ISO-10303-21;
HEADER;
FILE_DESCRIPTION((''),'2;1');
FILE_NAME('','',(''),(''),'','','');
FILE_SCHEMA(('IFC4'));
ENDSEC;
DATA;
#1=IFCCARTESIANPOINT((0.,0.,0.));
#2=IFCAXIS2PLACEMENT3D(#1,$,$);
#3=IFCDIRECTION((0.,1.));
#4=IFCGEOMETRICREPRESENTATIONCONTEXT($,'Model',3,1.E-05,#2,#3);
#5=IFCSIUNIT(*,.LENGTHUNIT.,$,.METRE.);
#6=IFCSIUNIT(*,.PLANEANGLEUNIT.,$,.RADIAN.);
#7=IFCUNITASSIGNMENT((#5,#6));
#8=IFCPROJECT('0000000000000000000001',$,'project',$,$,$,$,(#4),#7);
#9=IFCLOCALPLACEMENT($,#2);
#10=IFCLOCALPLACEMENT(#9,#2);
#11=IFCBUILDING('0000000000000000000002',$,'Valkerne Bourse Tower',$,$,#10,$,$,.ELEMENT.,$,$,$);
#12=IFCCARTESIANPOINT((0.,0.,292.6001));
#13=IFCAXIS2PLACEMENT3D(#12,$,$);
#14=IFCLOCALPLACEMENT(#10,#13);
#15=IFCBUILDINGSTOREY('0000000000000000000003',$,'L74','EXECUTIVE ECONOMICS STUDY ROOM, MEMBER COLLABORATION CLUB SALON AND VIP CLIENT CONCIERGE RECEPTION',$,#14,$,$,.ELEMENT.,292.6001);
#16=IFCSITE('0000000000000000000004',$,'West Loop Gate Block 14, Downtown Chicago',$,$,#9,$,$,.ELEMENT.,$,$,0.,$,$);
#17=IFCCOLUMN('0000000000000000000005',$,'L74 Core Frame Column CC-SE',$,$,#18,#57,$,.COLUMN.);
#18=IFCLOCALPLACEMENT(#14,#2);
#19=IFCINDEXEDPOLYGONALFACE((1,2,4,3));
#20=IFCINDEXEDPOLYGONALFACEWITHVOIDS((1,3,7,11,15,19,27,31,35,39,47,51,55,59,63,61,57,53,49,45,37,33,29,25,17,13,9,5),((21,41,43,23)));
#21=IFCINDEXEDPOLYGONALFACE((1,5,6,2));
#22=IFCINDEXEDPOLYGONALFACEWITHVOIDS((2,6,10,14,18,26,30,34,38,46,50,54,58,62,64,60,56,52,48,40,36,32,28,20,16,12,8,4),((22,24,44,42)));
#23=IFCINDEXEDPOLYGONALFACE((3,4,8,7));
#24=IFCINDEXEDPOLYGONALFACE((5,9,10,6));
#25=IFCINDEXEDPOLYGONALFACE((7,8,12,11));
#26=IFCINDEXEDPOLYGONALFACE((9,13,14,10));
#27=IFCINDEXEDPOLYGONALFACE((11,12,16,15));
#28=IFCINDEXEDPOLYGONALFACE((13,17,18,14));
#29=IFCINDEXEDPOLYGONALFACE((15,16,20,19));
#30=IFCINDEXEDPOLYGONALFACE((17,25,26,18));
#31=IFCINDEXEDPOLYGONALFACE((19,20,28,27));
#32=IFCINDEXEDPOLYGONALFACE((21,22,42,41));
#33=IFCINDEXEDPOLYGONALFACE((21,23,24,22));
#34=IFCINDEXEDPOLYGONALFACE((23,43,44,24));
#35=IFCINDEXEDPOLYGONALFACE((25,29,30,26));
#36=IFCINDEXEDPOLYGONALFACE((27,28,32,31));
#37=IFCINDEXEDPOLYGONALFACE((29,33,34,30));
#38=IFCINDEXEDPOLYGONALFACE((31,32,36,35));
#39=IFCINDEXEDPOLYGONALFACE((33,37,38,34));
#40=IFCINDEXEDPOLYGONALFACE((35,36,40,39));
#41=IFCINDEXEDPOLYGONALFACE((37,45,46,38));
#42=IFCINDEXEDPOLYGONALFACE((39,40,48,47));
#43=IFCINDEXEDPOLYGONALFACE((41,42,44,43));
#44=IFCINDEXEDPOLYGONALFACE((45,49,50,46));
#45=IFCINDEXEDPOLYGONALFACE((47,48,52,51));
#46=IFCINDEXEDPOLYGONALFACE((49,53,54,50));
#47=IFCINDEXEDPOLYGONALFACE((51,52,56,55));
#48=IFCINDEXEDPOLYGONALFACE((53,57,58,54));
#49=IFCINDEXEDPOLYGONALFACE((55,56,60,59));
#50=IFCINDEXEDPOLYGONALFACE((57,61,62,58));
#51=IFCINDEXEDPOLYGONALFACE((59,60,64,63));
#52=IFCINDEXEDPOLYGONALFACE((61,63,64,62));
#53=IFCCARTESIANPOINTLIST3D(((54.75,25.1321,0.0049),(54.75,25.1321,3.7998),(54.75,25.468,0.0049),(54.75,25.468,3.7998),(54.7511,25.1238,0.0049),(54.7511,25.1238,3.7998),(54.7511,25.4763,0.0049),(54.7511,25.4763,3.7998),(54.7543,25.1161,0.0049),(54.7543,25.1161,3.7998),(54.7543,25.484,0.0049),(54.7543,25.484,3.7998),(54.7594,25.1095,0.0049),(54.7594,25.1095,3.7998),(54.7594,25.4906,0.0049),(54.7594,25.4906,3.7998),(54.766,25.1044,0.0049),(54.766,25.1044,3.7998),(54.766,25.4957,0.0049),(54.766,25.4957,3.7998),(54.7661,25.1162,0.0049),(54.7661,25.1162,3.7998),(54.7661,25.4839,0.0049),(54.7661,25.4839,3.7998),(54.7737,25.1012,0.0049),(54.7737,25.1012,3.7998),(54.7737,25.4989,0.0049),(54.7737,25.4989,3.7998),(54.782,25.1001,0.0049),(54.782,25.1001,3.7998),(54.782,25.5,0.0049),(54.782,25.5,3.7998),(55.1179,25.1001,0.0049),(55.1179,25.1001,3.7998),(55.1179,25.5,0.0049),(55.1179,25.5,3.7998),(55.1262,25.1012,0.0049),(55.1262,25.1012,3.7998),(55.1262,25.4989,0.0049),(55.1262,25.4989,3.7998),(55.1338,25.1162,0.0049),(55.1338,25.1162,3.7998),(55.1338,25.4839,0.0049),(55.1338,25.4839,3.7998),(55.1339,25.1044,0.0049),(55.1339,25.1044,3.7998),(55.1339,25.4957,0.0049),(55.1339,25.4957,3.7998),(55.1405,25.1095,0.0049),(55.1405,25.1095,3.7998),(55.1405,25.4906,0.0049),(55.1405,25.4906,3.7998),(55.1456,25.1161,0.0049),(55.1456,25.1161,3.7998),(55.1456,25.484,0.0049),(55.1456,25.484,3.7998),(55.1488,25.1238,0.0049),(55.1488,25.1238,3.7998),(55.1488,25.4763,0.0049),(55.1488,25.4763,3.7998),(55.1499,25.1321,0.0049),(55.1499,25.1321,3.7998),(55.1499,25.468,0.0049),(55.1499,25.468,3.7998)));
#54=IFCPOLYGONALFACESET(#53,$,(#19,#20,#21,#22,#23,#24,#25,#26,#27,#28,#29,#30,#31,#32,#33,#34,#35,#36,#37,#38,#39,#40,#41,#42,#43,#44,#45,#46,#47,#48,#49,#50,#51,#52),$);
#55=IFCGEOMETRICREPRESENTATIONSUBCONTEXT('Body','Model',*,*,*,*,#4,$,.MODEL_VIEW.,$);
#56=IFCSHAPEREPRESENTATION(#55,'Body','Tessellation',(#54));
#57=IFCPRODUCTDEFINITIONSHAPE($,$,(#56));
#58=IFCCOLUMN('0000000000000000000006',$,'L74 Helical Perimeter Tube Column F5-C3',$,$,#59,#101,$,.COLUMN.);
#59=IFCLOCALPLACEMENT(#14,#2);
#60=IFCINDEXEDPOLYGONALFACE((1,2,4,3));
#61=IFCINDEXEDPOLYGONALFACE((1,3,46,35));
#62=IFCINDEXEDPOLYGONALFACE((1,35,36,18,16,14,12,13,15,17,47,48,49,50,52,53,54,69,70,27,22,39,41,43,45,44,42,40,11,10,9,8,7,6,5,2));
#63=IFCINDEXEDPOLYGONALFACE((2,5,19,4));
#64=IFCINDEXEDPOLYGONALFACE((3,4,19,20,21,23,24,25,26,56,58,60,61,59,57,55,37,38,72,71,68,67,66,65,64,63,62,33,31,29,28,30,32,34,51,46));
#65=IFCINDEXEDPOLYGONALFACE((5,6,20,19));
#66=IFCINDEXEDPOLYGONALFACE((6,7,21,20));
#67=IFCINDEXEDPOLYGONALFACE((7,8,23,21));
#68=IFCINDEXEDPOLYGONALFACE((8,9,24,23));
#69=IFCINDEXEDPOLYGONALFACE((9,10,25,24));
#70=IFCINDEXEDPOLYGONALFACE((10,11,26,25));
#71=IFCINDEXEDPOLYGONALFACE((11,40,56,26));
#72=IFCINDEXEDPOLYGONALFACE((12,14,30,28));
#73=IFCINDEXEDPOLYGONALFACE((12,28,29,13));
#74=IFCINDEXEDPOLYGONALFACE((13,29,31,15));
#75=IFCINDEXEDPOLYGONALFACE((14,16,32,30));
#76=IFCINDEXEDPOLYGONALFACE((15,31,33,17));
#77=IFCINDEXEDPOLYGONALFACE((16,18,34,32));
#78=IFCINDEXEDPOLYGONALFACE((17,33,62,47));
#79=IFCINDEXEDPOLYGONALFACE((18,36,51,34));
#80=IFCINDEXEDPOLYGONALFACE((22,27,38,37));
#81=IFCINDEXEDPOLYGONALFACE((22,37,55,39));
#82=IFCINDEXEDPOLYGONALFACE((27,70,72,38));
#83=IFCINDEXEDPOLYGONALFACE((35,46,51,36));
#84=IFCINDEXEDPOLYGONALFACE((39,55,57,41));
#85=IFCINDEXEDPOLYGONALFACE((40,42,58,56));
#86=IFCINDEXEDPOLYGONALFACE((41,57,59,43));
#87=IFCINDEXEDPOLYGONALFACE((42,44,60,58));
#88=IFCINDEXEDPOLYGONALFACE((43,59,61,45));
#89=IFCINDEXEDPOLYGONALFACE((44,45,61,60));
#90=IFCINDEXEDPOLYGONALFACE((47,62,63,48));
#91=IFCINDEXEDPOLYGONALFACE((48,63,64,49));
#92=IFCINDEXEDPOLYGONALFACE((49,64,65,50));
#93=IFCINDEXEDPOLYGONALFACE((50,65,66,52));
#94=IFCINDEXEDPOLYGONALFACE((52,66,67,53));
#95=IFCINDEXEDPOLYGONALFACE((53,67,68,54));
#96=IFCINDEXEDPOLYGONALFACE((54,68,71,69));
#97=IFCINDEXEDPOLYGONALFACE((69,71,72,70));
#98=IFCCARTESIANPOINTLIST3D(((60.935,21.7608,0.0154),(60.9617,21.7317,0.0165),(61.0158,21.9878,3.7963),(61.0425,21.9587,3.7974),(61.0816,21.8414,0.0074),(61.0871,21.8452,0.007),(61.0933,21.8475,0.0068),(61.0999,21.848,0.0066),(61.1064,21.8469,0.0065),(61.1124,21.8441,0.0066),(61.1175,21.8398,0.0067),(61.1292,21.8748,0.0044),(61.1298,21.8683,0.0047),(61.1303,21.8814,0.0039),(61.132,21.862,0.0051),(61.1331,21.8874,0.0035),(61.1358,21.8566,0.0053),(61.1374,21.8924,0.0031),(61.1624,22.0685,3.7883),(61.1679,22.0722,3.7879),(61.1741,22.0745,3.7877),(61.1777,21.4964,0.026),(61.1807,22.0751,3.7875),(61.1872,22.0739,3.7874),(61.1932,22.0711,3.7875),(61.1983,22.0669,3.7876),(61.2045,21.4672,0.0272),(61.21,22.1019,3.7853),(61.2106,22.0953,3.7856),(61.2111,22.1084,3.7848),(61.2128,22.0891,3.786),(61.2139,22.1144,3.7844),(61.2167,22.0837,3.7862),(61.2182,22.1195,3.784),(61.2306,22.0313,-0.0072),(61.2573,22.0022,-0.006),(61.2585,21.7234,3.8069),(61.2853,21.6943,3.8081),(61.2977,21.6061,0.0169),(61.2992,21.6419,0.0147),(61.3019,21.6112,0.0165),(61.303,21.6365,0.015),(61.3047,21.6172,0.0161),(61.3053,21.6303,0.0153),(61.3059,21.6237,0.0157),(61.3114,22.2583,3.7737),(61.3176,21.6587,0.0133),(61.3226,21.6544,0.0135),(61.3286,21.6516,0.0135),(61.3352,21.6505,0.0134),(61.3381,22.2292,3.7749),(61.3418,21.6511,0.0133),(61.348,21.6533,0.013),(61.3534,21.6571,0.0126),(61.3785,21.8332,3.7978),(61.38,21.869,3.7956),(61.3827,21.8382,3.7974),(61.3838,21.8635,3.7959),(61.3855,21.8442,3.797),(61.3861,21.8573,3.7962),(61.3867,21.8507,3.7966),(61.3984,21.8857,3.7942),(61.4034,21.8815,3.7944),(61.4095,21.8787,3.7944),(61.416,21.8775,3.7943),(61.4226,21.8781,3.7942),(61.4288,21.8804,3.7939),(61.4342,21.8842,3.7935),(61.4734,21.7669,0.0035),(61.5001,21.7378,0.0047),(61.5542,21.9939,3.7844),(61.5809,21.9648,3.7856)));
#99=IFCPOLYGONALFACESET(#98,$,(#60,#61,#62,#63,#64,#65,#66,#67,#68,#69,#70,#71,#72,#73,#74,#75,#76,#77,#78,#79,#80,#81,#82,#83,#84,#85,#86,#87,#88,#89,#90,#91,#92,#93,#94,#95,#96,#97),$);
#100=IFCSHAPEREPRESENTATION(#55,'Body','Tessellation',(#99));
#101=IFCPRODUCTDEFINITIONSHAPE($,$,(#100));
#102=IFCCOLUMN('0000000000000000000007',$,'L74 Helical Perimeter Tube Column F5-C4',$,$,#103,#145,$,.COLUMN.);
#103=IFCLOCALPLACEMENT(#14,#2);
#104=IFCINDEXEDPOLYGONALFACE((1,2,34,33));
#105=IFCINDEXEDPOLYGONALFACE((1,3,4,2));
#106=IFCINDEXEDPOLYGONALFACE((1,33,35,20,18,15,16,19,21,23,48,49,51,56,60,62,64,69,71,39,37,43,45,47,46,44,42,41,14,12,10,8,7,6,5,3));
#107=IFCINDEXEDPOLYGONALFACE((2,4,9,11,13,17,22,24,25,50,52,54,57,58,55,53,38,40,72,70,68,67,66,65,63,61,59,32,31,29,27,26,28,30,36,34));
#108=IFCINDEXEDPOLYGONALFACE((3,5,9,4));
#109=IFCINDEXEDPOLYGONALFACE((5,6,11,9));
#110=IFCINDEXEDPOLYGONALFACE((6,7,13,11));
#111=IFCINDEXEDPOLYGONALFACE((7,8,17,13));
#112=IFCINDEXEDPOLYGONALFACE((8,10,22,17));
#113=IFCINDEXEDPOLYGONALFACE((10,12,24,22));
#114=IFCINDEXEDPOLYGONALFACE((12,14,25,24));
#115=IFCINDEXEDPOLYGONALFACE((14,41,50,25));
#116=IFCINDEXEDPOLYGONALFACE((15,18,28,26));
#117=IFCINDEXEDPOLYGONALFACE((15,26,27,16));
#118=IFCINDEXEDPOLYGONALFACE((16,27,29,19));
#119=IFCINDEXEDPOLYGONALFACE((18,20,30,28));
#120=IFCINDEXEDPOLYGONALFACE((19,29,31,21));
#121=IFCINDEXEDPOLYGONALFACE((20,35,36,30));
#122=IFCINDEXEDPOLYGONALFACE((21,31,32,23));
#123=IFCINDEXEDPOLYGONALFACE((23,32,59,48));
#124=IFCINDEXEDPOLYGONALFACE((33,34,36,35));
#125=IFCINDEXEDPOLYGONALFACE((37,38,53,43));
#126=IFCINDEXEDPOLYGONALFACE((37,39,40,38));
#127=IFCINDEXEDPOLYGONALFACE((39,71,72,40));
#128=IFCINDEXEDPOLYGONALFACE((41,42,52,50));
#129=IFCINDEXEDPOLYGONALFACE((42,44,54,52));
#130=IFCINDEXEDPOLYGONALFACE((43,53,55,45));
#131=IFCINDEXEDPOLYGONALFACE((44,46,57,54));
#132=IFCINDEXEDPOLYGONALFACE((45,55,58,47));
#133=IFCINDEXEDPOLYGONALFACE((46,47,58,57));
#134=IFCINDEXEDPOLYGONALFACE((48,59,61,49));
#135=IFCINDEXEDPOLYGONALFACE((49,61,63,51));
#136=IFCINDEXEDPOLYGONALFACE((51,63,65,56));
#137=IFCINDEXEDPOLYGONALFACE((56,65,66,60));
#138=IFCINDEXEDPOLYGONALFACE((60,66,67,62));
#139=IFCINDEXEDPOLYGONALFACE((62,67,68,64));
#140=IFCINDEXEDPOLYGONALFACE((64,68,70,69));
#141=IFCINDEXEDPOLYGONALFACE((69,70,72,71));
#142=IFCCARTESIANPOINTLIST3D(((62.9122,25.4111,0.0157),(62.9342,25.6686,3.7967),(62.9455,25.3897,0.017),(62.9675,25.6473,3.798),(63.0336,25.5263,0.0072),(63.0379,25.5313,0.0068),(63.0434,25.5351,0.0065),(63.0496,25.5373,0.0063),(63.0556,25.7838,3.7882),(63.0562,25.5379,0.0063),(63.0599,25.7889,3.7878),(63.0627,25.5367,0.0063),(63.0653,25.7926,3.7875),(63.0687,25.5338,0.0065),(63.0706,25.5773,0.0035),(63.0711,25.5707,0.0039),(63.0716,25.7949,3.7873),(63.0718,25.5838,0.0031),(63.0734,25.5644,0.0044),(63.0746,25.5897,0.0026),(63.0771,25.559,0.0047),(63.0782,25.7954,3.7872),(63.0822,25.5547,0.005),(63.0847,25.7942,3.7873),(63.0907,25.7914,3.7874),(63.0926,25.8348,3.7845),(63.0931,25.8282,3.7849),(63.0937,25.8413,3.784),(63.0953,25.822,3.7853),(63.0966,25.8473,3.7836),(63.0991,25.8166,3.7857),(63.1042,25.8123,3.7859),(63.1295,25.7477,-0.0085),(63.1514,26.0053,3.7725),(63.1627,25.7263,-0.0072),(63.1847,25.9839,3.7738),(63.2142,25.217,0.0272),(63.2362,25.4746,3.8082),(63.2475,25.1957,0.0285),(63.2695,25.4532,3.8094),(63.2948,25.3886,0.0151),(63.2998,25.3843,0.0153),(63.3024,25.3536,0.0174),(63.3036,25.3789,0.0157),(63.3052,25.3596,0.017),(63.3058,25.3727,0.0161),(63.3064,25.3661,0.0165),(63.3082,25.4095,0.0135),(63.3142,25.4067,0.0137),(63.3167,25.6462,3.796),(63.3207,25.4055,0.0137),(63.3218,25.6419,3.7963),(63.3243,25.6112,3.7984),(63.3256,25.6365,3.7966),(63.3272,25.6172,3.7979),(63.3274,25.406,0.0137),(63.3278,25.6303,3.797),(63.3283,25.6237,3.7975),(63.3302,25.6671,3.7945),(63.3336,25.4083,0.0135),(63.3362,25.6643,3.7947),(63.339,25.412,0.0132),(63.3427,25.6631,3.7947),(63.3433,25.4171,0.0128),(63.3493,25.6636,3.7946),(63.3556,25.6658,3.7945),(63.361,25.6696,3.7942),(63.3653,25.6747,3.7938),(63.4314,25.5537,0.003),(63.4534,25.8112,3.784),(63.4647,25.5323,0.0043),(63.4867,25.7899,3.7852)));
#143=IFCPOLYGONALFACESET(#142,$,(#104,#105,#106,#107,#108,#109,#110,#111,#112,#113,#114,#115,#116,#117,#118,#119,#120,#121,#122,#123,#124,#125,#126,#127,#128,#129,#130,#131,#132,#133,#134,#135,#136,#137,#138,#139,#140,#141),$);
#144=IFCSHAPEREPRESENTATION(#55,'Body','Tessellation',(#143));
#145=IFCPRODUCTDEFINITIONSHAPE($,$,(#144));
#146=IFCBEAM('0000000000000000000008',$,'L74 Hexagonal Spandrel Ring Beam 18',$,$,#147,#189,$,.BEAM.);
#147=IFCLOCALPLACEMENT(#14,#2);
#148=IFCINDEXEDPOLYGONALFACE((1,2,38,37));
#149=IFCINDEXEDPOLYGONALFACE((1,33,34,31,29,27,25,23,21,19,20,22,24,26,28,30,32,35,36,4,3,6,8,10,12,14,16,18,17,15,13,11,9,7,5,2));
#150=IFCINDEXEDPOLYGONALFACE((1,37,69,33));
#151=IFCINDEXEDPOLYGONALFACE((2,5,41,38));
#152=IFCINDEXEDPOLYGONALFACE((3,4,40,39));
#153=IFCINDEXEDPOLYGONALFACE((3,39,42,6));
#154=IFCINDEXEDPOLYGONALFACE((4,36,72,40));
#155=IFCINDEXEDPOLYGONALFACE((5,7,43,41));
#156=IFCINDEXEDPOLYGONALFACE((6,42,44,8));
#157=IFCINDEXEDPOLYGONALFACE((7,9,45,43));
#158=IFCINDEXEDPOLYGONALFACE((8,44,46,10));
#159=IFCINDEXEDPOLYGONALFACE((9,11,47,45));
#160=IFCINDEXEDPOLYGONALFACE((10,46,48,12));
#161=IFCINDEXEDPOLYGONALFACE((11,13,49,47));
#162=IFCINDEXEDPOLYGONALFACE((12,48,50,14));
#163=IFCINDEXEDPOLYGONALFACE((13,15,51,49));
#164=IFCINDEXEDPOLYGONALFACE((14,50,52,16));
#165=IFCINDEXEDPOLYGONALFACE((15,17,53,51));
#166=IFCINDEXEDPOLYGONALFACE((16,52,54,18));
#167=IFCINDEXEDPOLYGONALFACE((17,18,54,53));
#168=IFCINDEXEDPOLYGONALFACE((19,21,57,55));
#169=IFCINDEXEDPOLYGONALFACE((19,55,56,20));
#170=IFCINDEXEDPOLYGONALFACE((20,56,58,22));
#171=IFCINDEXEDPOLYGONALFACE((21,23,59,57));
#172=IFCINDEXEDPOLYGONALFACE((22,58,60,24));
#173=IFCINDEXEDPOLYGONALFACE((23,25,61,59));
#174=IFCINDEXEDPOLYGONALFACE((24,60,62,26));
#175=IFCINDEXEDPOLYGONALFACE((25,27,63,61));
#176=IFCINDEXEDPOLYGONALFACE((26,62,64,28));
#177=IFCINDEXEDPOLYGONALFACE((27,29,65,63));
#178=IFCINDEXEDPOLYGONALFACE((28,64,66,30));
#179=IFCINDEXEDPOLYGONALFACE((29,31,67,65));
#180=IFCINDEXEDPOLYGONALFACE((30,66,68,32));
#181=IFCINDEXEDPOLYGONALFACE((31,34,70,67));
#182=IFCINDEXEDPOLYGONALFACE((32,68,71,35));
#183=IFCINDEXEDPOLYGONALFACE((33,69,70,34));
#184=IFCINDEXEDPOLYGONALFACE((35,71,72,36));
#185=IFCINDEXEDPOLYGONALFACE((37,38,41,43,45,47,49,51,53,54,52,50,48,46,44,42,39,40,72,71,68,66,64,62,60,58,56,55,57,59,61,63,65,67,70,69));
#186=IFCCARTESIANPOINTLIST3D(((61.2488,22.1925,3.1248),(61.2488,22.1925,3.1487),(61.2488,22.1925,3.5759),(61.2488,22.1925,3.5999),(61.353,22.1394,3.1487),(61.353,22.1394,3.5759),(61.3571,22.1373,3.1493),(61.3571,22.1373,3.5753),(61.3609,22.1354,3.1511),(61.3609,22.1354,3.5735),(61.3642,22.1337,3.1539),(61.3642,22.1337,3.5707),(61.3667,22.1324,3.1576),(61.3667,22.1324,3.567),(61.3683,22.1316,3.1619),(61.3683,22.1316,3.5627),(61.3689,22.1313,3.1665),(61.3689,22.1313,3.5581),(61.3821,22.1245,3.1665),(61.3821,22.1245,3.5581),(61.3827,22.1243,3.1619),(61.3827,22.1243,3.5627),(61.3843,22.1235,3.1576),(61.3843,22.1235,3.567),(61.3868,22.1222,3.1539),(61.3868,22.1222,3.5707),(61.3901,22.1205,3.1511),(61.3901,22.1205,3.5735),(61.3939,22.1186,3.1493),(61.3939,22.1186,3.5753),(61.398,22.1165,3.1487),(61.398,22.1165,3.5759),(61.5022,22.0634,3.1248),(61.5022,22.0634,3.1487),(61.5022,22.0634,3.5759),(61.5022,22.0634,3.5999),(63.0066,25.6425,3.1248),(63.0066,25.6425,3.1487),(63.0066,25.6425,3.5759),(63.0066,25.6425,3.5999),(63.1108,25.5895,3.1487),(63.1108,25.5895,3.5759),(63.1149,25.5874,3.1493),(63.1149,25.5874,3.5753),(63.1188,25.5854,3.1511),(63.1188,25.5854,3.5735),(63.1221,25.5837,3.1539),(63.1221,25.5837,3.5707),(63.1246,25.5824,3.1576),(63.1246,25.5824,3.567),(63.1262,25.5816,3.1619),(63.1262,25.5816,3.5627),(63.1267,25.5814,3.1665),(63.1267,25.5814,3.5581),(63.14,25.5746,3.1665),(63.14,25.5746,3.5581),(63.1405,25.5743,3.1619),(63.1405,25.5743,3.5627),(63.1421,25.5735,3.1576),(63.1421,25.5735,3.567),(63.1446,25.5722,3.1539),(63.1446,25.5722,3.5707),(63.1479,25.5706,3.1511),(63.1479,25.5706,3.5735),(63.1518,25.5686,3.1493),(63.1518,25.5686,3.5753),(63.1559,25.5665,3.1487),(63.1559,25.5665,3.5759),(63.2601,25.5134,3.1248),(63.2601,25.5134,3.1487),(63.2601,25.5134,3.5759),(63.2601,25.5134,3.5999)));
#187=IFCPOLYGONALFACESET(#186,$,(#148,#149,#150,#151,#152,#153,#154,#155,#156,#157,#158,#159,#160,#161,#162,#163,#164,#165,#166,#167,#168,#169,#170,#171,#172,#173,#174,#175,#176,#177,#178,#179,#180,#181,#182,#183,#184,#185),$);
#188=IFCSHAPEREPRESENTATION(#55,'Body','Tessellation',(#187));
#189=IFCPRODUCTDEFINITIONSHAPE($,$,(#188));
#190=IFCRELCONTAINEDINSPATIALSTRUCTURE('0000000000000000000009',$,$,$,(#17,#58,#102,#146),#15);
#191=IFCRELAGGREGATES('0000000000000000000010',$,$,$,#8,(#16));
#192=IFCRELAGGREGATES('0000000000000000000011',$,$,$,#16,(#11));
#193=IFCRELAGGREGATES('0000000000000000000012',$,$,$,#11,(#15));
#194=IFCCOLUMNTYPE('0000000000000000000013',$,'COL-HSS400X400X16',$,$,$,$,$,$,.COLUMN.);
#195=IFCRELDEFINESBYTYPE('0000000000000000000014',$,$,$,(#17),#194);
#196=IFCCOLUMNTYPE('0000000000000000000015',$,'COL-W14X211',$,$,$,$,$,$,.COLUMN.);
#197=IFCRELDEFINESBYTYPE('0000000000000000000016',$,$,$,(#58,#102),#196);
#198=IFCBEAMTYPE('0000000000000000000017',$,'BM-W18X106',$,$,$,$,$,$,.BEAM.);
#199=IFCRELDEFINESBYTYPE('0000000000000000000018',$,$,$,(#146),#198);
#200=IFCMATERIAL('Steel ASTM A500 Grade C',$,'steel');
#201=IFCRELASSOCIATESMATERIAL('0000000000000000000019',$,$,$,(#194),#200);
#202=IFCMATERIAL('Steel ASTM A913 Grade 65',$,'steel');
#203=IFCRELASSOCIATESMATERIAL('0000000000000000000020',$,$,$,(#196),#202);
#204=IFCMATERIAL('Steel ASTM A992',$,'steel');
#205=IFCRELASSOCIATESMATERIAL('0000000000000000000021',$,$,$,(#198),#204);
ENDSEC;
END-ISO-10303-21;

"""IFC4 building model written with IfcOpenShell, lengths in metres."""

from ifc_helpers import new_model, si_unit, direction, frame, origin, origin_2d, place, context, subcontext, project, spatial, hollow_rectangle, i_section, extrude, material, material_profile, profile_set, type_object, element, save


model = new_model("IFC4")

# Units and contexts
model_context = context("Model", 3, precision=1e-05, world=origin(), true_north=direction((0.0, 1.0)))
body_context = subcontext(model_context, "Body", "Model", "MODEL_VIEW")
ifc_project = project(units=[si_unit("LENGTHUNIT", "METRE"), si_unit("PLANEANGLEUNIT", "RADIAN")], contexts=[model_context])

# Site, building, storey
site_placement = place(None, origin())
site = spatial("IfcSite", under=ifc_project, at=site_placement, Name="West Loop Gate Block 14, Downtown Chicago", CompositionType="ELEMENT", RefElevation=0.0)
building_placement = place(site_placement, origin())
building = spatial("IfcBuilding", under=site, at=building_placement, Name="Valkerne Bourse Tower", CompositionType="ELEMENT")
storey_placement = place(building_placement, frame((0.0, 0.0, 292.6001)))
storey = spatial("IfcBuildingStorey", under=building, at=storey_placement, Name="L74", Description="EXECUTIVE ECONOMICS STUDY ROOM, MEMBER COLLABORATION CLUB SALON AND VIP CLIENT CONCIERGE RECEPTION", CompositionType="ELEMENT", Elevation=292.6001)

# Columns
ifc_material_1 = material(Name="Steel ASTM A500 Grade C", Category="steel")
ifc_material_profile_1 = material_profile(ifc_material_1, hollow_rectangle(XDim=0.3999, YDim=0.3999, WallThickness=0.0161, OuterFilletRadius=0.032, at=origin_2d()), Name="HSS400X400X16")
ifc_profile_set_1 = profile_set([ifc_material_profile_1], Name="Steel ASTM A500 Grade C")
column_type_1 = type_object("IfcColumnType", Name="COL-HSS400X400X16", PredefinedType="COLUMN", material=ifc_profile_set_1)
column_1_placement = place(storey_placement, frame((54.95, 25.3, 0.0049), z_axis=(0.0, 0.0, 1.0), x_axis=(1.0, 0.0, 0.0)))
element("IfcColumn", 1, at=column_1_placement, inside=storey, type_object=column_type_1, Name="L74 Core Frame Column CC-SE", PredefinedType="COLUMN", context=body_context, shape_type="SweptSolid", body=[
    extrude(hollow_rectangle(XDim=0.3999, YDim=0.3999, WallThickness=0.0161, OuterFilletRadius=0.032, at=origin_2d()), origin(), (0.0, 0.0, 1.0), 3.7949),
])
ifc_material_2 = material(Name="Steel ASTM A913 Grade 65", Category="steel")
ifc_material_profile_2 = material_profile(ifc_material_2, i_section(OverallWidth=0.4014, OverallDepth=0.3987, WebThickness=0.0249, FlangeThickness=0.0396, FilletRadius=0.0254, at=origin_2d()), Name="W14X211")
ifc_profile_set_2 = profile_set([ifc_material_profile_2], Name="Steel ASTM A913 Grade 65")
column_type_2 = type_object("IfcColumnType", Name="COL-W14X211", PredefinedType="COLUMN", material=ifc_profile_set_2)
column_2_placement = place(storey_placement, frame((61.2175, 21.7493, 0.01), z_axis=(0.021329, 0.059929, 0.997975), x_axis=(-0.736575, -0.674015, 0.056218)))
element("IfcColumn", 2, at=column_2_placement, inside=storey, type_object=column_type_2, Name="L74 Helical Perimeter Tube Column F5-C3", PredefinedType="COLUMN", context=body_context, shape_type="SweptSolid", body=[
    extrude(i_section(OverallWidth=0.4014, OverallDepth=0.3987, WebThickness=0.0249, FlangeThickness=0.0396, FilletRadius=0.0254, at=origin_2d()), origin(), (0.0, 0.0, 1.0), 3.7886),
])
column_3_placement = place(storey_placement, frame((63.1885, 25.4717, 0.01), z_axis=(0.005798, 0.067963, 0.997671), x_axis=(-0.541181, -0.838743, 0.060282)))
element("IfcColumn", 3, at=column_3_placement, inside=storey, type_object=column_type_2, Name="L74 Helical Perimeter Tube Column F5-C4", PredefinedType="COLUMN", context=body_context, shape_type="SweptSolid", body=[
    extrude(i_section(OverallWidth=0.4014, OverallDepth=0.3987, WebThickness=0.0249, FlangeThickness=0.0396, FilletRadius=0.0254, at=origin_2d()), origin(), (0.0, 0.0, 1.0), 3.7898),
])

# Beam
ifc_material_3 = material(Name="Steel ASTM A992", Category="steel")
ifc_material_profile_3 = material_profile(ifc_material_3, i_section(OverallWidth=0.2844, OverallDepth=0.4751, WebThickness=0.0149, FlangeThickness=0.0239, FilletRadius=0.0178, at=origin_2d()), Name="W18X106")
ifc_profile_set_3 = profile_set([ifc_material_profile_3], Name="Steel ASTM A992")
beam_type_1 = type_object("IfcBeamType", Name="BM-W18X106", PredefinedType="BEAM", material=ifc_profile_set_3)
beam_1_placement = place(storey_placement, frame((61.3755, 22.1279, 3.3623), z_axis=(0.453985, 0.891009, 0.0), x_axis=(-0.891009, 0.453985, 0.0)))
element("IfcBeam", 4, at=beam_1_placement, inside=storey, type_object=beam_type_1, Name="L74 Hexagonal Spandrel Ring Beam 18", PredefinedType="BEAM", context=body_context, shape_type="SweptSolid", body=[
    extrude(i_section(OverallWidth=0.2844, OverallDepth=0.4751, WebThickness=0.0149, FlangeThickness=0.0239, FilletRadius=0.0178, at=origin_2d()), origin(), (0.0, 0.0, 1.0), 3.8721),
])

save(model, "model.ifc")
